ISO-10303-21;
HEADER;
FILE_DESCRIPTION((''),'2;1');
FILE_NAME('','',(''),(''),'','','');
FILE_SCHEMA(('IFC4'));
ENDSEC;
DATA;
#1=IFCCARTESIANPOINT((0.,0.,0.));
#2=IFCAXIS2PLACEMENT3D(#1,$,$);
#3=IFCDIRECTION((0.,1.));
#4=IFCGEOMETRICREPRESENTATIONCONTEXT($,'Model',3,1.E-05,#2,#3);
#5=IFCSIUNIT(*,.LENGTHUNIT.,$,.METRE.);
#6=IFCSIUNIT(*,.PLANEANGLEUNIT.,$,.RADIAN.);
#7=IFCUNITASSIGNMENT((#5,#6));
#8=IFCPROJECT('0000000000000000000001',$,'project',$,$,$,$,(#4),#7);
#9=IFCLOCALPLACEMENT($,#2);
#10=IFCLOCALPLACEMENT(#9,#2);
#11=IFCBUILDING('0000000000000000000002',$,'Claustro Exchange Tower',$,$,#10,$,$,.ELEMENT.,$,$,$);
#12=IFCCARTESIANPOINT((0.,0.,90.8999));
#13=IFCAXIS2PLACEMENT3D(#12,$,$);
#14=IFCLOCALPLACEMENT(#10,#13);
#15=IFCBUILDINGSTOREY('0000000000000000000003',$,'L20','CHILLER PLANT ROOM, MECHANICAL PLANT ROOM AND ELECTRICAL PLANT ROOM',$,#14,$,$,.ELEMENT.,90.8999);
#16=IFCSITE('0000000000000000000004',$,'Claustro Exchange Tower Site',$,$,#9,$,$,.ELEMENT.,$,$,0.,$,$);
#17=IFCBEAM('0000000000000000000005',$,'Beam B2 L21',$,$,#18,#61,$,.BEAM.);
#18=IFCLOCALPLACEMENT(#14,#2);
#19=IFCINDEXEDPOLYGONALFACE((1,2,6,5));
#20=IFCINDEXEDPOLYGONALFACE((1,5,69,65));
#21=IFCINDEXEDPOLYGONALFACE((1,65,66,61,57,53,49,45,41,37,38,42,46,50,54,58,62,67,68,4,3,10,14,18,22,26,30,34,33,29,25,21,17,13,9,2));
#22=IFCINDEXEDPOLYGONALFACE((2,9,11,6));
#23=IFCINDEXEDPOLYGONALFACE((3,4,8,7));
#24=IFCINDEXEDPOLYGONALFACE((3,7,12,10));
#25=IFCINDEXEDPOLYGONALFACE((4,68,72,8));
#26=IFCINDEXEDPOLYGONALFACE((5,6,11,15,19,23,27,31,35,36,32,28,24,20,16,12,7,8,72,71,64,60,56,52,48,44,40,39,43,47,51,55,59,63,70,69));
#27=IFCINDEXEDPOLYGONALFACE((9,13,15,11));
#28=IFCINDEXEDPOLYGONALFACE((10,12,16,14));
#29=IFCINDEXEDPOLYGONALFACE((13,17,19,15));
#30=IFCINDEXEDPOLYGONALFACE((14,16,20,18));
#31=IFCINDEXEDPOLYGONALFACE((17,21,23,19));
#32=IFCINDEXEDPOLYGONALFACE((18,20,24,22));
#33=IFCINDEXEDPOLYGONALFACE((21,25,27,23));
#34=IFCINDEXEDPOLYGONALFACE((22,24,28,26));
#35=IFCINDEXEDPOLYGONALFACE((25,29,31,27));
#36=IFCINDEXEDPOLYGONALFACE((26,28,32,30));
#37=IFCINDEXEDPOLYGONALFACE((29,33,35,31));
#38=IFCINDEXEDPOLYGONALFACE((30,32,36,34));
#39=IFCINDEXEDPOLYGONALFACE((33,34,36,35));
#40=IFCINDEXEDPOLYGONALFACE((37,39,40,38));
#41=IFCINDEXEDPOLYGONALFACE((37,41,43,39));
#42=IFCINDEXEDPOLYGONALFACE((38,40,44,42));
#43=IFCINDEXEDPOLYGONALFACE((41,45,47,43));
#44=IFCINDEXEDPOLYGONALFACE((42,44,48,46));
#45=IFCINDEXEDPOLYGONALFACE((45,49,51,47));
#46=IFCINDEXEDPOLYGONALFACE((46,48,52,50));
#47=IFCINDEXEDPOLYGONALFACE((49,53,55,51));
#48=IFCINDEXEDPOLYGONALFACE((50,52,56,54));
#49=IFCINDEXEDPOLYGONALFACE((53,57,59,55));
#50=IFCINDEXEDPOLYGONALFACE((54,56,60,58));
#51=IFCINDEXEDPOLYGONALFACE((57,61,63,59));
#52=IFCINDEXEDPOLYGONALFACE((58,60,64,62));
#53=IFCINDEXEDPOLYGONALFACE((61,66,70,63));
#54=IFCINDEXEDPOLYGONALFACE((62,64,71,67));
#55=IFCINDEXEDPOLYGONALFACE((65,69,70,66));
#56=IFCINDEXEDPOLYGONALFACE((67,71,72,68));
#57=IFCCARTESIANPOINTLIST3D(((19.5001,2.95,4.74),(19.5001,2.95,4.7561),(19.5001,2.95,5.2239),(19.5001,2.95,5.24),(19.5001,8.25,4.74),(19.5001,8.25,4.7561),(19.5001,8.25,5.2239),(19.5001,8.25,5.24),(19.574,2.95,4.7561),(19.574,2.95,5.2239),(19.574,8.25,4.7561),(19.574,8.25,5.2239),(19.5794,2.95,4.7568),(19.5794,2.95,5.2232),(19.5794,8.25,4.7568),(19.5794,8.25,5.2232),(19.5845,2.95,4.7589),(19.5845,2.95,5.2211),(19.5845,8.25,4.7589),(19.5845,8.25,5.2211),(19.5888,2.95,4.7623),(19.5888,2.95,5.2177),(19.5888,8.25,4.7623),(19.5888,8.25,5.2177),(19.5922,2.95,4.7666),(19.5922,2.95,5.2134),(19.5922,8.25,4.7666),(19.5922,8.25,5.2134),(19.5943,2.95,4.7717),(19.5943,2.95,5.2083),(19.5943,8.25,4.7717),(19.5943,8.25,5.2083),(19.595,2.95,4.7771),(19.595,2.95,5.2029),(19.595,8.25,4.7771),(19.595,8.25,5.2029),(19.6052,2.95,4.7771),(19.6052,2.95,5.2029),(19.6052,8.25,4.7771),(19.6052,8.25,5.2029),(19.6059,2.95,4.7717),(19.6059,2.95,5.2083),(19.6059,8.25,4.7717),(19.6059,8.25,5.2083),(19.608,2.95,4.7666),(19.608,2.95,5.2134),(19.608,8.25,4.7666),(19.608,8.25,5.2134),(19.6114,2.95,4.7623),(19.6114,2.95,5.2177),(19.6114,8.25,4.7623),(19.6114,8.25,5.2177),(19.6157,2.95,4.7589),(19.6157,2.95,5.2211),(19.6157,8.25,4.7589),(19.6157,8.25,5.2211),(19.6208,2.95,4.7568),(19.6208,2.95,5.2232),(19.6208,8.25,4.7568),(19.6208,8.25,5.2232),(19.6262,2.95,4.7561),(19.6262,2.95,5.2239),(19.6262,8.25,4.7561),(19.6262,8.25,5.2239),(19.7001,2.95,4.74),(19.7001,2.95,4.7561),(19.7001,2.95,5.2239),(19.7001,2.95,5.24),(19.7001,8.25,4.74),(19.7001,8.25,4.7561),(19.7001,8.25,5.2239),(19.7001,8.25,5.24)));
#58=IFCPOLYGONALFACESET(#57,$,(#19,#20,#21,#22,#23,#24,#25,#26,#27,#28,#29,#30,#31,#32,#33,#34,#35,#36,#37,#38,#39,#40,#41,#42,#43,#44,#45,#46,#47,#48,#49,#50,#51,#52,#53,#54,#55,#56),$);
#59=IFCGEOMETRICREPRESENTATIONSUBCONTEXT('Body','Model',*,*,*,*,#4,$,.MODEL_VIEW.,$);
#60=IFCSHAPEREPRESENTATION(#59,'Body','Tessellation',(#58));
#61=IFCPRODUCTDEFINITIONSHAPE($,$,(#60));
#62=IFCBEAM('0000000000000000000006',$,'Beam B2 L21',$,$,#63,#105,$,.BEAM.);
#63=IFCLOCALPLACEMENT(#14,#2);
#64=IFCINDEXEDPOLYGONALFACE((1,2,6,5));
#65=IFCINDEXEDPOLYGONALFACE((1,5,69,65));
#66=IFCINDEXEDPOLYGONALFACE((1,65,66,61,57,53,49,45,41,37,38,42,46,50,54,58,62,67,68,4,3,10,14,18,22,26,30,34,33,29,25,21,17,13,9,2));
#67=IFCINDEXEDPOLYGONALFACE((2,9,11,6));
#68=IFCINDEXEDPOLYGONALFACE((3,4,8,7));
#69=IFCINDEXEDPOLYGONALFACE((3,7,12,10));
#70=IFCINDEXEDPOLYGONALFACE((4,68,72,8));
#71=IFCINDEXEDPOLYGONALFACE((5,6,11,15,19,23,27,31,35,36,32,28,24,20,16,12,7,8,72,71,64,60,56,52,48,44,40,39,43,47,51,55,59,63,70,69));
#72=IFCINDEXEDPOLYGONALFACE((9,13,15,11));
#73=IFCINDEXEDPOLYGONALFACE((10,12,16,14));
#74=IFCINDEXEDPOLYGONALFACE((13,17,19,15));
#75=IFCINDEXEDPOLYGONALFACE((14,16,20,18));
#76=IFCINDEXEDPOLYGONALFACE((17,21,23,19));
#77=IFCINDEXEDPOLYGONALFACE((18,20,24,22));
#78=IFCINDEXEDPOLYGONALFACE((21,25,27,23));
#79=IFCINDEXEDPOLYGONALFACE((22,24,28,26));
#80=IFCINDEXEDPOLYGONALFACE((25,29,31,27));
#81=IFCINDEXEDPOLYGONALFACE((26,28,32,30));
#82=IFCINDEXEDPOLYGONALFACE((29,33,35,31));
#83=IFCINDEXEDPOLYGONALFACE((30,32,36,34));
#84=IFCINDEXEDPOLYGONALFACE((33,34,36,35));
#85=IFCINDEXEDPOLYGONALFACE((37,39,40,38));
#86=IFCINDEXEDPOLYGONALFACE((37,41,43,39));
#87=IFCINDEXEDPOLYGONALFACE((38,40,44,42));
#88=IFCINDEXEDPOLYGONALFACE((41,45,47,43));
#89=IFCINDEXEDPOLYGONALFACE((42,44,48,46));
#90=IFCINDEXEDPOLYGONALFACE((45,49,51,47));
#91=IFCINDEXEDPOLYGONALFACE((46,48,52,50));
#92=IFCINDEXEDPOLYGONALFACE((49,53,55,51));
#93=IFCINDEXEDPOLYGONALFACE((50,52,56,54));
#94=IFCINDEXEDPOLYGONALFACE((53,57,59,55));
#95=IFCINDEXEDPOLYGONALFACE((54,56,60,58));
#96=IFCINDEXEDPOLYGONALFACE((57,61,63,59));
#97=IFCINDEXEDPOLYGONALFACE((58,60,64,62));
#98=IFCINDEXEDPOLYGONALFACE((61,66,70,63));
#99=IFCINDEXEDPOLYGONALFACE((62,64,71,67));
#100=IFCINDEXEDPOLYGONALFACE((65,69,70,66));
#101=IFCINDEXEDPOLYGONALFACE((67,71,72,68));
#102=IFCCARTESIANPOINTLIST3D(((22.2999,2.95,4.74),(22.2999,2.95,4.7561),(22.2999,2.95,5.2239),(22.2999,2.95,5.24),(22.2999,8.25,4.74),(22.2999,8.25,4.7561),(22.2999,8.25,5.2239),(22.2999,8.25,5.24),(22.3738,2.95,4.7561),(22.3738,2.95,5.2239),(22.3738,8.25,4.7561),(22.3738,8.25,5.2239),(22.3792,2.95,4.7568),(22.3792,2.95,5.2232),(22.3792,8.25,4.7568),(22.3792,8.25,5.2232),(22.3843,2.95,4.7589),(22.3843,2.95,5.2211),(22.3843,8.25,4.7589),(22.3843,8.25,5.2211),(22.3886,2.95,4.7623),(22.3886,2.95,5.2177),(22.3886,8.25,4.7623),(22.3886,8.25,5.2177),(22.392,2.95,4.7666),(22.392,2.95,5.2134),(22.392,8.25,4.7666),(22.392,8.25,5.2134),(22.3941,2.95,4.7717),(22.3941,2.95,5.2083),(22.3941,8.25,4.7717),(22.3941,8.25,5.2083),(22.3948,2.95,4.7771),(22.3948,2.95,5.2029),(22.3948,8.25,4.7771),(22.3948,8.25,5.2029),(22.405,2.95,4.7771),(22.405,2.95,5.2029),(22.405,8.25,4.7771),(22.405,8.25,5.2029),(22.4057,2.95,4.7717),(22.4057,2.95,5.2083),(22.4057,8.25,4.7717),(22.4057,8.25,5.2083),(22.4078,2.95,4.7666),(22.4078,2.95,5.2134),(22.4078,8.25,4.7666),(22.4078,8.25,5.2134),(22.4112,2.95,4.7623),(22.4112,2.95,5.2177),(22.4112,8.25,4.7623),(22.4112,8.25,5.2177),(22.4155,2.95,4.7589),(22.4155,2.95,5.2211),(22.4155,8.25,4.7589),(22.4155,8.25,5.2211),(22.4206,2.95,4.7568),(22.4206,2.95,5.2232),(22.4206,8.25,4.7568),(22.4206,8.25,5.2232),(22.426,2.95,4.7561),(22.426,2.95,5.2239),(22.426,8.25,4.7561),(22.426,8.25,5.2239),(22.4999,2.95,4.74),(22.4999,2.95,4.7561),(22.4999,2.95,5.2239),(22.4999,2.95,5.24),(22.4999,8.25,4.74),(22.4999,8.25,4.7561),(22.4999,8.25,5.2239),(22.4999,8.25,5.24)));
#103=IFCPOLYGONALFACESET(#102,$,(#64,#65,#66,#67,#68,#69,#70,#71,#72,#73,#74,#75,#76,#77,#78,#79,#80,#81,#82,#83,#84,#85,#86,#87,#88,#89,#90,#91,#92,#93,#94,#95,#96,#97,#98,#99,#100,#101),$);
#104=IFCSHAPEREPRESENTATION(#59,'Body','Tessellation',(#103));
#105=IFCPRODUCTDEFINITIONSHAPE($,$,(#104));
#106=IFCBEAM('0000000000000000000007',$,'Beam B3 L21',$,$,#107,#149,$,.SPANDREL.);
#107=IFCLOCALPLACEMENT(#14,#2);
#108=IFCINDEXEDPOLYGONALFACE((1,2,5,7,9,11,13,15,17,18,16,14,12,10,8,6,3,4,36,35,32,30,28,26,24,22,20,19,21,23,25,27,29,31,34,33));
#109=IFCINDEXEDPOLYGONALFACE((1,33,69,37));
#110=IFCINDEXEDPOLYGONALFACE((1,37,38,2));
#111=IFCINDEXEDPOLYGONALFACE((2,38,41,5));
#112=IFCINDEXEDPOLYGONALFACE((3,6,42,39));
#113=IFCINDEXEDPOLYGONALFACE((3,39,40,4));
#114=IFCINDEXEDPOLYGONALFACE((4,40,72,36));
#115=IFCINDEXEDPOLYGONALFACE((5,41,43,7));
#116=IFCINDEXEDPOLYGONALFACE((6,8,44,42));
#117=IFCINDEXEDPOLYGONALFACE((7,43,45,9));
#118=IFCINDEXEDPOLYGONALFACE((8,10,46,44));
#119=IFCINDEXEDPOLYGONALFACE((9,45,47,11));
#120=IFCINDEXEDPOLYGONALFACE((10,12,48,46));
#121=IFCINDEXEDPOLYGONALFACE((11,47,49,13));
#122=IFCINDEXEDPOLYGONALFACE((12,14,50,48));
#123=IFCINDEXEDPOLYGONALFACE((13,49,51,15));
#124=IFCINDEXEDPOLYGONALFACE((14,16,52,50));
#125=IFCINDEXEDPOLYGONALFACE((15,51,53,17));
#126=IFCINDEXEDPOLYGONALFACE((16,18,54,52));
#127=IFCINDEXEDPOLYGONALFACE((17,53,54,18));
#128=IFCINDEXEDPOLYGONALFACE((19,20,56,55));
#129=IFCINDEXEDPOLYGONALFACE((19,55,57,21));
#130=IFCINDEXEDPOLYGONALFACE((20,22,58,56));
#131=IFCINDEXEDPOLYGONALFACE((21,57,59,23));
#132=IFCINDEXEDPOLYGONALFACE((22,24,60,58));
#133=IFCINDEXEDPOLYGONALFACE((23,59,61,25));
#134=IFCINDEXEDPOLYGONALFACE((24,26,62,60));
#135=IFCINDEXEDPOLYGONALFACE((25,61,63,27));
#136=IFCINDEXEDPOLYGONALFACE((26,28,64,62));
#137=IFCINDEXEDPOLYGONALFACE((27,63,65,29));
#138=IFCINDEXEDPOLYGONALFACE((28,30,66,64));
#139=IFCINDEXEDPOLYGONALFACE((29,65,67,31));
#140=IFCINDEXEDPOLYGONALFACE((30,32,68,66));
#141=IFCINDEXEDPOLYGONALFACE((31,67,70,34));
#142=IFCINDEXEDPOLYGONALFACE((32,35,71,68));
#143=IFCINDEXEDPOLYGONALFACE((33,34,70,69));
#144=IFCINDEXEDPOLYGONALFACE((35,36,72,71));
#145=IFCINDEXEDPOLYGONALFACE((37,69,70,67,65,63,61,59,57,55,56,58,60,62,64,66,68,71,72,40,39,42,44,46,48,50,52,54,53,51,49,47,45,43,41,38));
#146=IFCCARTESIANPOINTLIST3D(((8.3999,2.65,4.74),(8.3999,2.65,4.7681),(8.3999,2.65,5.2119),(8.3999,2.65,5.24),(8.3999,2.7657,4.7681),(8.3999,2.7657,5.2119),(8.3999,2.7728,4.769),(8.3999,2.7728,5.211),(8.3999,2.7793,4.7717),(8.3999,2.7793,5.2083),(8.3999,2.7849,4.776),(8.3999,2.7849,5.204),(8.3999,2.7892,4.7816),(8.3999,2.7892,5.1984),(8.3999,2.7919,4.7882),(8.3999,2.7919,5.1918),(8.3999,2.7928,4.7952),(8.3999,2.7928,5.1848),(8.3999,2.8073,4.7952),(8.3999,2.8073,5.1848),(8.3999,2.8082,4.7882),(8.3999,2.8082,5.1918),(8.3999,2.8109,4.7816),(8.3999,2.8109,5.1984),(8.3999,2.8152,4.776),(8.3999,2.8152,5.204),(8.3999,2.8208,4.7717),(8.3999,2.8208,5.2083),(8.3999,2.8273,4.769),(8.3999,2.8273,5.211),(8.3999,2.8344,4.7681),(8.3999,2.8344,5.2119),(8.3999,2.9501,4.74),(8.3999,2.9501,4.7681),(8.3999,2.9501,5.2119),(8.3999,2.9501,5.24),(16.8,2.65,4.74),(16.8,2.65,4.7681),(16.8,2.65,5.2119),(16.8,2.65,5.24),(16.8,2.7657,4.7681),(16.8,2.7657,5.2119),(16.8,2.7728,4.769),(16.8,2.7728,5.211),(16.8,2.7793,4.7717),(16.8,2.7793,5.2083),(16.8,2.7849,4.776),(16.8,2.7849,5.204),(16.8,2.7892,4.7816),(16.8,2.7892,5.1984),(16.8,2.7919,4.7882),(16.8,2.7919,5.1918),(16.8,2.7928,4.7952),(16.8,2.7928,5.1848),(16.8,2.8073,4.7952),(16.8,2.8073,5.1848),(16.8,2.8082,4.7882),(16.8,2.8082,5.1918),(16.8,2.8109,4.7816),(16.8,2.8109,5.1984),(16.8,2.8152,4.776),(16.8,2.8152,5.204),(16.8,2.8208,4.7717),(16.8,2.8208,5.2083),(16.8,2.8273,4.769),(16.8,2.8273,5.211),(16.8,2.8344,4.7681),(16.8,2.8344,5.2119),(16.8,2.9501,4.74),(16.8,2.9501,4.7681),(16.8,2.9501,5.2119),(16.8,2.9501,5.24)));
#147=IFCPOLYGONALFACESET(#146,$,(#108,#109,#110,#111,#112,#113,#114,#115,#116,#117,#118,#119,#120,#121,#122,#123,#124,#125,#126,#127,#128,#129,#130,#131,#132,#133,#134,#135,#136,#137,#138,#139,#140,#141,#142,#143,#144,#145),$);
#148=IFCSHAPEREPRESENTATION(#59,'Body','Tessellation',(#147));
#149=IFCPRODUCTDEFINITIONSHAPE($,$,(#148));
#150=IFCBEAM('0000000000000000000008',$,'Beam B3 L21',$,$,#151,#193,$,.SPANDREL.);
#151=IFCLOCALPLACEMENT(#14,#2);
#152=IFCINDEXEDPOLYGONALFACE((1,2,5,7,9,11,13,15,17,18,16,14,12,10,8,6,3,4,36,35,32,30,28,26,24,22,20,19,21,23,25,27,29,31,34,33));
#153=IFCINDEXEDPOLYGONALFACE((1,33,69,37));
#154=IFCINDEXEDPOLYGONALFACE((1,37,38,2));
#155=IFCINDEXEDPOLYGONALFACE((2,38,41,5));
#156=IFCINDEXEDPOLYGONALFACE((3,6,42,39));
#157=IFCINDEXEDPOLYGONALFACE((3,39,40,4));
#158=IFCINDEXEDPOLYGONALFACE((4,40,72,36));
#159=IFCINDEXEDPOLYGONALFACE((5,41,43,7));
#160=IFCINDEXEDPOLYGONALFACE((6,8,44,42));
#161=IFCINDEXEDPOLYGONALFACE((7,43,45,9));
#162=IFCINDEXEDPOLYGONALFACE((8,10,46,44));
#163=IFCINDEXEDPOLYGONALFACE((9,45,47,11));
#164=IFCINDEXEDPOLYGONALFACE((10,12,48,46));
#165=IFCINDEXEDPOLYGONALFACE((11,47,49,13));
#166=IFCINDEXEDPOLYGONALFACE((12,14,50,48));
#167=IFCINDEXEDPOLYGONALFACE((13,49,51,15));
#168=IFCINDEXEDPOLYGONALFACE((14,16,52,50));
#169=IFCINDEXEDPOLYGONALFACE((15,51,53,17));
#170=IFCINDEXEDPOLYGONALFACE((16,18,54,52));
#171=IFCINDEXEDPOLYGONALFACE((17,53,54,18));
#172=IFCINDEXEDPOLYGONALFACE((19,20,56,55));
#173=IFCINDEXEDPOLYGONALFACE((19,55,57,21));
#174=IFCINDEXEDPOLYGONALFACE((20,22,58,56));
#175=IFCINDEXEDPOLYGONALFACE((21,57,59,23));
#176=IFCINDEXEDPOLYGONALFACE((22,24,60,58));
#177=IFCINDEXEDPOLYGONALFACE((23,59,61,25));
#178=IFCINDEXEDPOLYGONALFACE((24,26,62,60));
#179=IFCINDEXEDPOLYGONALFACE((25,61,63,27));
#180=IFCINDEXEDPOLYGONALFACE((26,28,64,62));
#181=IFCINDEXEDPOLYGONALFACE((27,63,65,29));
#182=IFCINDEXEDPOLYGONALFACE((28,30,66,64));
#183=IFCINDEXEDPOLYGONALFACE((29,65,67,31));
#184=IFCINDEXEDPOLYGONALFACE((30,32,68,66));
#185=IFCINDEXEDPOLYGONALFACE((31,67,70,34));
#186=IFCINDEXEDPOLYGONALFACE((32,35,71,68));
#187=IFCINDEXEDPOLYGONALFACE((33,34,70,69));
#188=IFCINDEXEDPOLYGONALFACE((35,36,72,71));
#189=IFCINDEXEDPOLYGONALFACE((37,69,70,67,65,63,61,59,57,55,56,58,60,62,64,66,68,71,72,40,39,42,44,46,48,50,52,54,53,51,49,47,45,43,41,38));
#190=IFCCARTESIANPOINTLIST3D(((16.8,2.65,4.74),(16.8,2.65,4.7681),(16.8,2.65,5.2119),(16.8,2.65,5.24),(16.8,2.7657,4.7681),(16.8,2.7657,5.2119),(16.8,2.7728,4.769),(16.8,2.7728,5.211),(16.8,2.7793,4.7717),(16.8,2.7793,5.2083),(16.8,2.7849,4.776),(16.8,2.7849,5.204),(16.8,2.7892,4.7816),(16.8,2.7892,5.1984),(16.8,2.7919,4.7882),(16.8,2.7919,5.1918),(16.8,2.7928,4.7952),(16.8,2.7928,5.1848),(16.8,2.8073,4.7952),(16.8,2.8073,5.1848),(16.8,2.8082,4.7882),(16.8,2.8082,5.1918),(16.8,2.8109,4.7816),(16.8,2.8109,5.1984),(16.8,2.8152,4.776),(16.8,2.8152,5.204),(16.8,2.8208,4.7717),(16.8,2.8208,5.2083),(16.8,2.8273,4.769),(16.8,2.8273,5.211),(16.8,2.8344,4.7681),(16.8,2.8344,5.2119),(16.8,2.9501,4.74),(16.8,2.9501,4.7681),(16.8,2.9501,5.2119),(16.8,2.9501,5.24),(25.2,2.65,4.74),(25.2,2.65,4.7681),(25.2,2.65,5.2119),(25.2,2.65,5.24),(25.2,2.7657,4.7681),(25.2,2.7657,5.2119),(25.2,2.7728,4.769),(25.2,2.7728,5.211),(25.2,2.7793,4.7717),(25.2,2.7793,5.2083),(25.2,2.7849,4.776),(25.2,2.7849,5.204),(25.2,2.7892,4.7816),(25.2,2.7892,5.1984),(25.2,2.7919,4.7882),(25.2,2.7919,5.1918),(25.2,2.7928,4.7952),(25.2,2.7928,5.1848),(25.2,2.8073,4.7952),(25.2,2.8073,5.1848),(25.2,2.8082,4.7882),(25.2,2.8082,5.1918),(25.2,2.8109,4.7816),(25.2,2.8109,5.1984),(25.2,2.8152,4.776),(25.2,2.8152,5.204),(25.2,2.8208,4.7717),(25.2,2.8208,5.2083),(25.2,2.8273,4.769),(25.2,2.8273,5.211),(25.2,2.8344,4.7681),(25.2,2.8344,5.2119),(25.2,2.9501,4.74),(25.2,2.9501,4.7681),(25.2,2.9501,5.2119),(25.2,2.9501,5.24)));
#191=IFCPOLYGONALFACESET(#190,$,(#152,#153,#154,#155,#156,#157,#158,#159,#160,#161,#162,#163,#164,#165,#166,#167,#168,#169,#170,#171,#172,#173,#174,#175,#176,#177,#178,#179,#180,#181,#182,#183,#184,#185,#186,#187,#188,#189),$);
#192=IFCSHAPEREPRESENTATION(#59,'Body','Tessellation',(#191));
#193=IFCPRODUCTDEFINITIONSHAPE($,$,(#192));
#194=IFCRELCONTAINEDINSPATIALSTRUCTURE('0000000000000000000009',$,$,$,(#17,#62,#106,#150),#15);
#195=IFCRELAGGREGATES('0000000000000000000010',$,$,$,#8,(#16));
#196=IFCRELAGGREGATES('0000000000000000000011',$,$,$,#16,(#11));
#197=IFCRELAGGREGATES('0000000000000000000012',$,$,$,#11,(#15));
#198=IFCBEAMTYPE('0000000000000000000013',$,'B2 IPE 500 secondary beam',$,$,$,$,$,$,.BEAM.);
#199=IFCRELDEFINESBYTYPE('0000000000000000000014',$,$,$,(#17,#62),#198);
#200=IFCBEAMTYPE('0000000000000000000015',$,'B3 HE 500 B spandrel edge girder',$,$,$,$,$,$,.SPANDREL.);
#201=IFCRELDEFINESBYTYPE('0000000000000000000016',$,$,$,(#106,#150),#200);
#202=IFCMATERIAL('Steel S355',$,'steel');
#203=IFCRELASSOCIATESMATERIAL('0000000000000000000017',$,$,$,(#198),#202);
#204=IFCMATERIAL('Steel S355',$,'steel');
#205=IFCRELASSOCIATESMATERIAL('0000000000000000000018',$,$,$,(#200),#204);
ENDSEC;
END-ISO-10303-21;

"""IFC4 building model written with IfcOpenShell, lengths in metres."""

from ifc_helpers import new_model, si_unit, direction, frame, origin, origin_2d, place, context, subcontext, project, spatial, i_section, extrude, material, material_profile, profile_set, type_object, element, save


model = new_model("IFC4")

# Units and contexts
model_context = context("Model", 3, precision=1e-05, world=origin(), true_north=direction((0.0, 1.0)))
body_context = subcontext(model_context, "Body", "Model", "MODEL_VIEW")
ifc_project = project(units=[si_unit("LENGTHUNIT", "METRE"), si_unit("PLANEANGLEUNIT", "RADIAN")], contexts=[model_context])

# Site, building, storey
site_placement = place(None, origin())
site = spatial("IfcSite", under=ifc_project, at=site_placement, Name="Claustro Exchange Tower Site", CompositionType="ELEMENT", RefElevation=0.0)
building_placement = place(site_placement, origin())
building = spatial("IfcBuilding", under=site, at=building_placement, Name="Claustro Exchange Tower", CompositionType="ELEMENT")
storey_placement = place(building_placement, frame((0.0, 0.0, 90.8999)))
storey = spatial("IfcBuildingStorey", under=building, at=storey_placement, Name="L20", Description="CHILLER PLANT ROOM, MECHANICAL PLANT ROOM AND ELECTRICAL PLANT ROOM", CompositionType="ELEMENT", Elevation=90.8999)

# Beams
ifc_material_1 = material(Name="Steel S355", Category="steel")
ifc_material_profile_1 = material_profile(ifc_material_1, i_section(OverallWidth=0.2, OverallDepth=0.5, WebThickness=0.0103, FlangeThickness=0.0161, FilletRadius=0.021, at=origin_2d()), Name="IPE 500")
ifc_profile_set_1 = profile_set([ifc_material_profile_1], Name="Steel S355")
beam_type_1 = type_object("IfcBeamType", Name="B2 IPE 500 secondary beam", PredefinedType="BEAM", material=ifc_profile_set_1)
for number, where, z_axis, x_axis, name in (
    (1, (19.6001, 2.95, 4.99), (0.0, 1.0, 0.0), (-1.0, 0.0, 0.0), "Beam B2 L21"),
    (2, (22.3999, 2.95, 4.99), (0.0, 1.0, 0.0), (-1.0, 0.0, 0.0), "Beam B2 L21"),
):
    element("IfcBeam", number, at=place(storey_placement, frame(where, z_axis=z_axis, x_axis=x_axis)), inside=storey, type_object=beam_type_1, Name=name, PredefinedType="BEAM", context=body_context, shape_type="SweptSolid", body=[
        extrude(i_section(OverallWidth=0.2, OverallDepth=0.5, WebThickness=0.0103, FlangeThickness=0.0161, FilletRadius=0.021, at=origin_2d()), origin(), (0.0, 0.0, 1.0), 5.3),
    ])
ifc_material_2 = material(Name="Steel S355", Category="steel")
ifc_material_profile_2 = material_profile(ifc_material_2, i_section(OverallWidth=0.3, OverallDepth=0.5, WebThickness=0.0144, FlangeThickness=0.0281, FilletRadius=0.0271, at=origin_2d()), Name="HE 500 B")
ifc_profile_set_2 = profile_set([ifc_material_profile_2], Name="Steel S355")
beam_type_2 = type_object("IfcBeamType", Name="B3 HE 500 B spandrel edge girder", PredefinedType="SPANDREL", material=ifc_profile_set_2)
beam_1_placement = place(storey_placement, frame((8.3999, 2.8, 4.99), z_axis=(1.0, 0.0, 0.0), x_axis=(0.0, 1.0, 0.0)))
element("IfcBeam", 3, at=beam_1_placement, inside=storey, type_object=beam_type_2, Name="Beam B3 L21", PredefinedType="SPANDREL", context=body_context, shape_type="SweptSolid", body=[
    extrude(i_section(OverallWidth=0.3, OverallDepth=0.5, WebThickness=0.0144, FlangeThickness=0.0281, FilletRadius=0.0271, at=origin_2d()), origin(), (0.0, 0.0, 1.0), 8.4001),
])
beam_2_placement = place(storey_placement, frame((16.8, 2.8, 4.99), z_axis=(1.0, 0.0, 0.0), x_axis=(0.0, 1.0, 0.0)))
element("IfcBeam", 4, at=beam_2_placement, inside=storey, type_object=beam_type_2, Name="Beam B3 L21", PredefinedType="SPANDREL", context=body_context, shape_type="SweptSolid", body=[
    extrude(i_section(OverallWidth=0.3, OverallDepth=0.5, WebThickness=0.0144, FlangeThickness=0.0281, FilletRadius=0.0271, at=origin_2d()), origin(), (0.0, 0.0, 1.0), 8.3999),
])

save(model, "model.ifc")
